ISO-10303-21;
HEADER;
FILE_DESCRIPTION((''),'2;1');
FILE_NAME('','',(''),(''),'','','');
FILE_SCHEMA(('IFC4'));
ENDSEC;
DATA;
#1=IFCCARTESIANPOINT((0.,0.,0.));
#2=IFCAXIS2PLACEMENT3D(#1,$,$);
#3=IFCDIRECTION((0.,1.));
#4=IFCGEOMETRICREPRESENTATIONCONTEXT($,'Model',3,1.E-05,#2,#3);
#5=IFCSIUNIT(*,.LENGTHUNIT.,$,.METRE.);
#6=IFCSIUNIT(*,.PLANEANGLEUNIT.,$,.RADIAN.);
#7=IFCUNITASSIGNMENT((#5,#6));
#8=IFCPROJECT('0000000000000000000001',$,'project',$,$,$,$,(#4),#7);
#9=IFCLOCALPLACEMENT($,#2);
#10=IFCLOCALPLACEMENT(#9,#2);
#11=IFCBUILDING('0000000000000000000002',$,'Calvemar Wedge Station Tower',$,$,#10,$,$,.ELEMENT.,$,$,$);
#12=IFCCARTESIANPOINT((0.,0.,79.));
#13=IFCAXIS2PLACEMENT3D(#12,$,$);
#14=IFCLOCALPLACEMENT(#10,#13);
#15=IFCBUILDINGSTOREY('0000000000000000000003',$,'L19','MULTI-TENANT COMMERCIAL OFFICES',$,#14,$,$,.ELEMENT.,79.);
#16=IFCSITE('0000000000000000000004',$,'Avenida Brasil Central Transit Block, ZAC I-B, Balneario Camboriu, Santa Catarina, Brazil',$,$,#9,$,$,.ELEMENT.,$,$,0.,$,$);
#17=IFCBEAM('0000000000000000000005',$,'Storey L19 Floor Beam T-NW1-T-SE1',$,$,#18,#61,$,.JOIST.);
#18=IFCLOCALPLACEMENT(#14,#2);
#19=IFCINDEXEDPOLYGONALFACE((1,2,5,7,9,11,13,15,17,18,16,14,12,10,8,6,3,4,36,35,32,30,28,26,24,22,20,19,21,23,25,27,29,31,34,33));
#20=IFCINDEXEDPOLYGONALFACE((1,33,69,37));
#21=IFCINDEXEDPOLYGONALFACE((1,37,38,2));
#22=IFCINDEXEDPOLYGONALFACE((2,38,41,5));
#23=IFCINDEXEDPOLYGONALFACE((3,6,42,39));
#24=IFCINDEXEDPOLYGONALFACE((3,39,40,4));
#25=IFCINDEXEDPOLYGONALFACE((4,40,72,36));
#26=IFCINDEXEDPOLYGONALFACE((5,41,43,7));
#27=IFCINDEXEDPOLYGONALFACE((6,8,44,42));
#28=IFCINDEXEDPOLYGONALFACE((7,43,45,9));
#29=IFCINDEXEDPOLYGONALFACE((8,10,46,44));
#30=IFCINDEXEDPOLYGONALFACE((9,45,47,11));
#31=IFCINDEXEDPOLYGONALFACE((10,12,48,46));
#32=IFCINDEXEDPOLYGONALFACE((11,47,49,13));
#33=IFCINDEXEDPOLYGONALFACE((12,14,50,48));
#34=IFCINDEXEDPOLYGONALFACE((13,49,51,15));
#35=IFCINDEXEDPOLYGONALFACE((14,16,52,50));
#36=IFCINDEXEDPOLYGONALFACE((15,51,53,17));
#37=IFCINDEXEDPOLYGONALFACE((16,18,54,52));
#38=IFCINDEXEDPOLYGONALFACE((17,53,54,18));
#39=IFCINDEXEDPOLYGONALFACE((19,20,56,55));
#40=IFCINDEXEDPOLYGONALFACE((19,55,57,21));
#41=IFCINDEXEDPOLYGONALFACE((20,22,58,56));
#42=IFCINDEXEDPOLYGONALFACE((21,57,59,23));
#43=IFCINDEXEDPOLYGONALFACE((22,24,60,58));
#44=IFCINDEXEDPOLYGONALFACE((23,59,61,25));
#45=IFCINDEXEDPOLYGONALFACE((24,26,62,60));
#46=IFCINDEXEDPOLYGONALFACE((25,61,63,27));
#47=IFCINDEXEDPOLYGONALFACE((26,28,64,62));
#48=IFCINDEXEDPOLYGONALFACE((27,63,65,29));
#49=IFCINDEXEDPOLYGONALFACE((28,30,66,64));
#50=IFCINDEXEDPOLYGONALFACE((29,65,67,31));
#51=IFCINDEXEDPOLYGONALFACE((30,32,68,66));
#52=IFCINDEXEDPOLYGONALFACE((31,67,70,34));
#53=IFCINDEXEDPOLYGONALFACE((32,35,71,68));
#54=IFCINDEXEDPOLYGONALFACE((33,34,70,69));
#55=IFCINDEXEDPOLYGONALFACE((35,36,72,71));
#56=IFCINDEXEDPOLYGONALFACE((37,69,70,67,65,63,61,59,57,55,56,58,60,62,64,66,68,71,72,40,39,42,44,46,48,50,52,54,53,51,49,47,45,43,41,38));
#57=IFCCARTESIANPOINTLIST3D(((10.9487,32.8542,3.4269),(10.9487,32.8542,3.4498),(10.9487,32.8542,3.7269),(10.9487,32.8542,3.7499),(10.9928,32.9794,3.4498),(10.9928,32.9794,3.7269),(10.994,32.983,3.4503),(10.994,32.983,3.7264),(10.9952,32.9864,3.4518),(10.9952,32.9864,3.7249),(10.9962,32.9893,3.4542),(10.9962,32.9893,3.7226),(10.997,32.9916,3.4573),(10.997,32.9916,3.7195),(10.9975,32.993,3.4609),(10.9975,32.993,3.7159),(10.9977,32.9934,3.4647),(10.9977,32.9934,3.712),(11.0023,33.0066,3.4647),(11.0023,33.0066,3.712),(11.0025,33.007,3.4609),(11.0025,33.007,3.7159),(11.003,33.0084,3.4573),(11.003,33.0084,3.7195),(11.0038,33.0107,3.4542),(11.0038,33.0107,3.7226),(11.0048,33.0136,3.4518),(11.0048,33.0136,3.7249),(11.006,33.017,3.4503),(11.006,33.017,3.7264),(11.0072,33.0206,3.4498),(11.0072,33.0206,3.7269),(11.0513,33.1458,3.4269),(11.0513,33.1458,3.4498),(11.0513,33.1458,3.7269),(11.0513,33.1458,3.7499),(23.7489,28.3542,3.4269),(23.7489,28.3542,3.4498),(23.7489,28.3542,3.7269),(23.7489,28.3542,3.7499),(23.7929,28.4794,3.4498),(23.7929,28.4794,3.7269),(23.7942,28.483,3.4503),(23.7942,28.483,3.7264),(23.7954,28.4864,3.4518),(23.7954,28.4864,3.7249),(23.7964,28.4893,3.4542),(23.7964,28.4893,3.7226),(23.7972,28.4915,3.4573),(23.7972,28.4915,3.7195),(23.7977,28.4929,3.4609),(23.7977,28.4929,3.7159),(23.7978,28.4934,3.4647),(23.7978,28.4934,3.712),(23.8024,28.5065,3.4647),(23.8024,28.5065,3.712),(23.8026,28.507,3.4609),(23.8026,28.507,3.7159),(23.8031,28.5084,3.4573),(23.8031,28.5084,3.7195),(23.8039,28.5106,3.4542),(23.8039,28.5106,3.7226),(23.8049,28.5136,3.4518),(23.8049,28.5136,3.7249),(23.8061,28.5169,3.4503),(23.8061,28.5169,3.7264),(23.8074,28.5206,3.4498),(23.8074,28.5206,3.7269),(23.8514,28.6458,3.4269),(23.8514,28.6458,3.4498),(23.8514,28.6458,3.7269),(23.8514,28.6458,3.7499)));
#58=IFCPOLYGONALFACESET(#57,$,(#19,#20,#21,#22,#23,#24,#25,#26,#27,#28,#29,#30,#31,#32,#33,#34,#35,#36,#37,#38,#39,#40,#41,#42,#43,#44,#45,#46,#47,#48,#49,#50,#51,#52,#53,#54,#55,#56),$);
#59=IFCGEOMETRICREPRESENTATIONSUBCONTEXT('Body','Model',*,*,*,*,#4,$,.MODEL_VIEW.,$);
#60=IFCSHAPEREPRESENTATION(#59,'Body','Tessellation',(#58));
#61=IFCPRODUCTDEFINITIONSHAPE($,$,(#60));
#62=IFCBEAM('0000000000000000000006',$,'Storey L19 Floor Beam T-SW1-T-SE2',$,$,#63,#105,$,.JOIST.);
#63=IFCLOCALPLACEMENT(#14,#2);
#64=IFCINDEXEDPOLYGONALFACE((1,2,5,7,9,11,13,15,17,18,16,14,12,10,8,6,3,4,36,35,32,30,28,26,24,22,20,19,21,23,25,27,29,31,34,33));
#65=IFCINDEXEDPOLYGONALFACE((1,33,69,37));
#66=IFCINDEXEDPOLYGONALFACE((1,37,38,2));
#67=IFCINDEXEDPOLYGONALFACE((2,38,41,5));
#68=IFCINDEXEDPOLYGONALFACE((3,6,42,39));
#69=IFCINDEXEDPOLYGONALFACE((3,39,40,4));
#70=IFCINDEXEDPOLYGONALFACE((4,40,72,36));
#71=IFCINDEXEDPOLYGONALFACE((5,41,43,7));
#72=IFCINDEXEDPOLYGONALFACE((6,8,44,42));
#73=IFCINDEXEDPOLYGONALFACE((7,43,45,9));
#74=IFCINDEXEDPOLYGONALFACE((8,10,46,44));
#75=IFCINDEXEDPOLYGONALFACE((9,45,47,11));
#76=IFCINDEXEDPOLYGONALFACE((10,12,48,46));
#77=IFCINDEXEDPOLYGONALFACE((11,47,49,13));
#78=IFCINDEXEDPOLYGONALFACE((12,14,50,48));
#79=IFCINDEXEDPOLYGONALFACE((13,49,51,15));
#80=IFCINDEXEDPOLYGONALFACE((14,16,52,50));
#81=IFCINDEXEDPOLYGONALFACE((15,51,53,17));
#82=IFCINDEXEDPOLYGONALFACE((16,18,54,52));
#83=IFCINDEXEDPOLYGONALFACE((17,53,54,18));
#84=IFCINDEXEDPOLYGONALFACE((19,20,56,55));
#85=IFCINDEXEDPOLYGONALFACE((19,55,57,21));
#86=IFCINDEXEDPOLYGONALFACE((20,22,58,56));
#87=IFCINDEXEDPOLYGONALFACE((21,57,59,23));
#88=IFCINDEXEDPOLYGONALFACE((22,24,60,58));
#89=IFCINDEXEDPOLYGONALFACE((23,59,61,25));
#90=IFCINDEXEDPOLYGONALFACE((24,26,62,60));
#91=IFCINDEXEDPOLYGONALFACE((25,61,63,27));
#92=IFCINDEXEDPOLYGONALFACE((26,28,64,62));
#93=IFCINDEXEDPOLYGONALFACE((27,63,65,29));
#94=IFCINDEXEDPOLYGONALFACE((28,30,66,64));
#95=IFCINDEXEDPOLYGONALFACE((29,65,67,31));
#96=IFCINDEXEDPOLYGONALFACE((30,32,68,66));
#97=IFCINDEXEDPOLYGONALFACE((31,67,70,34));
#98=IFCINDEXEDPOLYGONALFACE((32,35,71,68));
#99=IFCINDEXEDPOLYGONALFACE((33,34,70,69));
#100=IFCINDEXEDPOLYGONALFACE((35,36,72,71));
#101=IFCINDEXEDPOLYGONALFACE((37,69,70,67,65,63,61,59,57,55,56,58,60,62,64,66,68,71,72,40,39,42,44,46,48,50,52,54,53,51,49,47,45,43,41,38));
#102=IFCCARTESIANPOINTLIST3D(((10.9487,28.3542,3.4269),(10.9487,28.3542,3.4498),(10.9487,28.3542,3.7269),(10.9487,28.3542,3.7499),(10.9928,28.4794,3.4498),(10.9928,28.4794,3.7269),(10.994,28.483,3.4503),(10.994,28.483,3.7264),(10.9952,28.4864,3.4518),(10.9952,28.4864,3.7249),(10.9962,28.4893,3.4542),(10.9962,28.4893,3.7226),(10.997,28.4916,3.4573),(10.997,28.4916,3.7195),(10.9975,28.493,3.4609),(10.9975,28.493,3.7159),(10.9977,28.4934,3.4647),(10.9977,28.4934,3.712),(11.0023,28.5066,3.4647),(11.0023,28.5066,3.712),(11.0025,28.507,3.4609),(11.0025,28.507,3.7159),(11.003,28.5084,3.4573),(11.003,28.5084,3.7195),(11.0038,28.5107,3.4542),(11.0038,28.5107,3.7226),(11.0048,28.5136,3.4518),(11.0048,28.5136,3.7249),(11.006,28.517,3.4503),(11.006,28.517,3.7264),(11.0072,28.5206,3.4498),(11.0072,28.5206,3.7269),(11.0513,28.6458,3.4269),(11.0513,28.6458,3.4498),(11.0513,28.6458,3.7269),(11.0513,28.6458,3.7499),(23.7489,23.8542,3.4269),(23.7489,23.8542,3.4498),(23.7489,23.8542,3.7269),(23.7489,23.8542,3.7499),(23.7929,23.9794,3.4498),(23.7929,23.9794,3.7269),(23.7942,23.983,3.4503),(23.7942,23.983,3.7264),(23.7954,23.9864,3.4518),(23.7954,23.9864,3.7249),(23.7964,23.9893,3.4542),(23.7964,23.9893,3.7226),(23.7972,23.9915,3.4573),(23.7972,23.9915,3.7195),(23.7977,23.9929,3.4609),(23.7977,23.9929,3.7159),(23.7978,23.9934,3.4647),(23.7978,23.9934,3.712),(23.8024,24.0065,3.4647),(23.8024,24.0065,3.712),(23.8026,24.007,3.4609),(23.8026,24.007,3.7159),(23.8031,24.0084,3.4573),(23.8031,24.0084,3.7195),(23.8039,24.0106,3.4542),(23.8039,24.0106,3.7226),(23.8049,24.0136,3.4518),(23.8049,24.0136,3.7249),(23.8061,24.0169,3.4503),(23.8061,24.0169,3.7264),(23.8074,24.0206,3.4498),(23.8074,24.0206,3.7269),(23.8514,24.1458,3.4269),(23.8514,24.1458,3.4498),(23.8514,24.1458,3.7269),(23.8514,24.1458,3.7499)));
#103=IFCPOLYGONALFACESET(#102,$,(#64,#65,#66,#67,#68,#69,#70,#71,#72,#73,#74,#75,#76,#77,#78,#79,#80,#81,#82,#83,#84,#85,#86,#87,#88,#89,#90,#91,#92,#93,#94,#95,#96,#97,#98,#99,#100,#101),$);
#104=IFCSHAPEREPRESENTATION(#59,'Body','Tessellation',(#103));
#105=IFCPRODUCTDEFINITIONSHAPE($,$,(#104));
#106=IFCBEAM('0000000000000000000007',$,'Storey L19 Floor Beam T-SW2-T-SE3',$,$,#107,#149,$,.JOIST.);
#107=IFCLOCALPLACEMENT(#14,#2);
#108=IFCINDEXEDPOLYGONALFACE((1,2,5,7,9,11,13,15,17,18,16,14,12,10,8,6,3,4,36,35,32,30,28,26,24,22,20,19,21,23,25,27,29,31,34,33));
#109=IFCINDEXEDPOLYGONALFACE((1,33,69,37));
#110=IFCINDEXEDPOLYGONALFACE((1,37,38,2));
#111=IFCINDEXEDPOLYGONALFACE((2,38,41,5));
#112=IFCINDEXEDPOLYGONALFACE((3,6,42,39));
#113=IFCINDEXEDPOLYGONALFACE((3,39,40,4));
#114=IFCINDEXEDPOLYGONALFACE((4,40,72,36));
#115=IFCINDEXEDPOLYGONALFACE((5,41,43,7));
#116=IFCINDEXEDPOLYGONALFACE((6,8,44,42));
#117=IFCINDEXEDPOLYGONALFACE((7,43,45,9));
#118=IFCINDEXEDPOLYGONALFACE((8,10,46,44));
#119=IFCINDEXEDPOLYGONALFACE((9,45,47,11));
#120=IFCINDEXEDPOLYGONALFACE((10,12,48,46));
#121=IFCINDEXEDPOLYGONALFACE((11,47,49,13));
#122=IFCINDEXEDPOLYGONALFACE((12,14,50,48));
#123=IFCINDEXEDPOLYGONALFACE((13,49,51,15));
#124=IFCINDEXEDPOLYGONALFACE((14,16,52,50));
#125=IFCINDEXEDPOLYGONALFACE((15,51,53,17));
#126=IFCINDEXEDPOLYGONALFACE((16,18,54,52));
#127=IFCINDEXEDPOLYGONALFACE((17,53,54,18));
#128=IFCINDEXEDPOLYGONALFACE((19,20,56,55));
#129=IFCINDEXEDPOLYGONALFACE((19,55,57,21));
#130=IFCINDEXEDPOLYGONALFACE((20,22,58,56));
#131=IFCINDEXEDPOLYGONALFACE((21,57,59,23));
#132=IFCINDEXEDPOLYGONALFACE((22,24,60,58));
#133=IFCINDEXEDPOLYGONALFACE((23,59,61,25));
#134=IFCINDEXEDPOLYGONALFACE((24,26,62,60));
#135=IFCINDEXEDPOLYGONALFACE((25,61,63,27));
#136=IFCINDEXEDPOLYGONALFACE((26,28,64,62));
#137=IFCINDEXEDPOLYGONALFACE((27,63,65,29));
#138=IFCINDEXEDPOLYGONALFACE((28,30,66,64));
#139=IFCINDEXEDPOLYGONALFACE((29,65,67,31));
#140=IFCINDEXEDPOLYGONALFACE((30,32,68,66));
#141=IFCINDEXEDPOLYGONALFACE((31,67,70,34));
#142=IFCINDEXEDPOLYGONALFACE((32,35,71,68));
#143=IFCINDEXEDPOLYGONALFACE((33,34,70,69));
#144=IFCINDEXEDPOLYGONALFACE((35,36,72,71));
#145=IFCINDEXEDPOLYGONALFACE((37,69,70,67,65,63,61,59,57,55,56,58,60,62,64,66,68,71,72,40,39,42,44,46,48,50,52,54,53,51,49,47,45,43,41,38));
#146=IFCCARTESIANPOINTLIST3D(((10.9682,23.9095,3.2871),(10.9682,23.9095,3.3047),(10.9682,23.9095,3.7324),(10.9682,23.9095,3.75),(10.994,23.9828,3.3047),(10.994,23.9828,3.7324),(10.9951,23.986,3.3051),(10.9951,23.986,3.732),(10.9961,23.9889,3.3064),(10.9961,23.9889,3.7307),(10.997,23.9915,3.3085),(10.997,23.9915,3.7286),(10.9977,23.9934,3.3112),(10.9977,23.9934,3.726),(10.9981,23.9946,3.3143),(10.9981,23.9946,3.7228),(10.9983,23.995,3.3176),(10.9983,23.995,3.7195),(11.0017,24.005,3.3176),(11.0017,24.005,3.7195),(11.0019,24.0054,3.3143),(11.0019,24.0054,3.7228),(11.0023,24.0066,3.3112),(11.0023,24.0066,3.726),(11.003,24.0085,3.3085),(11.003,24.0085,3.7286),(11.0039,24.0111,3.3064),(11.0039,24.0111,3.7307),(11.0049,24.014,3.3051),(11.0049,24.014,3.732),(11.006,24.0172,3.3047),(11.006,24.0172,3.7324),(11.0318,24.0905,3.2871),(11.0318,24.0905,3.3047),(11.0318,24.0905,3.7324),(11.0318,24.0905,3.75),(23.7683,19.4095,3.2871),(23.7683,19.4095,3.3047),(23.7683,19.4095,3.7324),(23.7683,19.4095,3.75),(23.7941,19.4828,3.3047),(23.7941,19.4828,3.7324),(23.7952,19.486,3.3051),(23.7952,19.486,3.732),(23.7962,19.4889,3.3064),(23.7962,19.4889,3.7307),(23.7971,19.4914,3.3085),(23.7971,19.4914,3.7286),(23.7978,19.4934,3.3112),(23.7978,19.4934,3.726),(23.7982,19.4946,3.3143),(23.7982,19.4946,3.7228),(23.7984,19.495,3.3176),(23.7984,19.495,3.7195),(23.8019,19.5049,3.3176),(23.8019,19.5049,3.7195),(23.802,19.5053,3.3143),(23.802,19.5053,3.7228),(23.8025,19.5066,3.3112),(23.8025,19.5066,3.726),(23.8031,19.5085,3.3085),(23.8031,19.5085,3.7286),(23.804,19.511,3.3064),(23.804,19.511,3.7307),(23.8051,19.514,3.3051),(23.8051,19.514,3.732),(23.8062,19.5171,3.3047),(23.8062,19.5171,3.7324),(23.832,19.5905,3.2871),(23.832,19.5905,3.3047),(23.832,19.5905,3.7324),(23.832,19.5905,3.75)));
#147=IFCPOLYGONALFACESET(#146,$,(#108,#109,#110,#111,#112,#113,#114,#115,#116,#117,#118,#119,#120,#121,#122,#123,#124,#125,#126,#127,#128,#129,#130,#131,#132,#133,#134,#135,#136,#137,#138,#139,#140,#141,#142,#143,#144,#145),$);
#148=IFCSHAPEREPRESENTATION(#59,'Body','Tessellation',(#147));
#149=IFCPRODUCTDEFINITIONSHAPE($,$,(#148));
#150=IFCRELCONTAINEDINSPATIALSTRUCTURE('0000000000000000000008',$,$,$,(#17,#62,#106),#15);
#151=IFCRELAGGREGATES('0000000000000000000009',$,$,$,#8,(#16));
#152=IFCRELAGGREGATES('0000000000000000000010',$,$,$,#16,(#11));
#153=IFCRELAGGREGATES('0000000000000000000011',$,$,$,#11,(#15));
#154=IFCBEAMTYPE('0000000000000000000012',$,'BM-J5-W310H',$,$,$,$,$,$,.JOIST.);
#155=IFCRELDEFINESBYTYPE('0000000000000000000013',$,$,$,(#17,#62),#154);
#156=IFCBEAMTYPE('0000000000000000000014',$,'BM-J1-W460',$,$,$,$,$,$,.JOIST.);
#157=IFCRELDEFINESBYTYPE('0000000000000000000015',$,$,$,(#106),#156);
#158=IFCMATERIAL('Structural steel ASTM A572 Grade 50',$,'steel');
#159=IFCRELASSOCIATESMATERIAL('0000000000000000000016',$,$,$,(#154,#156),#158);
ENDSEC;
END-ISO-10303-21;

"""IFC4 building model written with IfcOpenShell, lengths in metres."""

from ifc_helpers import new_model, si_unit, direction, frame, origin, origin_2d, place, context, subcontext, project, spatial, i_section, extrude, source, transform, mapped, material, material_profile, profile_set, type_object, element, save


model = new_model("IFC4")

# Units and contexts
model_context = context("Model", 3, precision=1e-05, world=origin(), true_north=direction((0.0, 1.0)))
body_context = subcontext(model_context, "Body", "Model", "MODEL_VIEW")
ifc_project = project(units=[si_unit("LENGTHUNIT", "METRE"), si_unit("PLANEANGLEUNIT", "RADIAN")], contexts=[model_context])

# Site, building, storey
site_placement = place(None, origin())
site = spatial("IfcSite", under=ifc_project, at=site_placement, Name="Avenida Brasil Central Transit Block, ZAC I-B, Balneario Camboriu, Santa Catarina, Brazil", CompositionType="ELEMENT", RefElevation=0.0)
building_placement = place(site_placement, origin())
building = spatial("IfcBuilding", under=site, at=building_placement, Name="Calvemar Wedge Station Tower", CompositionType="ELEMENT")
storey_placement = place(building_placement, frame((0.0, 0.0, 79.0)))
storey = spatial("IfcBuildingStorey", under=building, at=storey_placement, Name="L19", Description="MULTI-TENANT COMMERCIAL OFFICES", CompositionType="ELEMENT", Elevation=79.0)

# Beams
ifc_material_1 = material(Name="Structural steel ASTM A572 Grade 50", Category="steel")
ifc_material_profile_1 = material_profile(ifc_material_1, i_section(OverallWidth=0.3091, OverallDepth=0.323, WebThickness=0.0139, FlangeThickness=0.0229, FilletRadius=0.0149, at=origin_2d()), Name="W310x143")
ifc_profile_set_1 = profile_set([ifc_material_profile_1], Name="Structural steel ASTM A572 Grade 50")
beam_type_1 = type_object("IfcBeamType", Name="BM-J5-W310H", PredefinedType="JOIST", material=ifc_profile_set_1)
shared_shape_1 = source(origin(), body_context, "Body", "SweptSolid", [
    extrude(i_section(OverallWidth=0.3091, OverallDepth=0.323, WebThickness=0.0139, FlangeThickness=0.0229, FilletRadius=0.0149, at=origin_2d()), origin(), (0.0, 0.0, 1.0), 13.5681),
])
for number, where, z_axis, x_axis, name in (
    (1, (11.0, 33.0, 3.5884), (0.943398, -0.331662, 0.0), (0.331662, 0.943398, 0.0), "Storey L19 Floor Beam T-NW1-T-SE1"),
    (2, (11.0, 28.5, 3.5884), (0.943398, -0.331662, 0.0), (0.331662, 0.943398, 0.0), "Storey L19 Floor Beam T-SW1-T-SE2"),
):
    element("IfcBeam", number, at=place(storey_placement, frame(where, z_axis=z_axis, x_axis=x_axis)), inside=storey, type_object=beam_type_1, Name=name, PredefinedType="JOIST", context=body_context, shape_type="MappedRepresentation", body=[
        mapped(shared_shape_1, transform((0.0, 0.0, 0.0), scale=1.0)),
    ])
ifc_material_profile_2 = material_profile(ifc_material_1, i_section(OverallWidth=0.1919, OverallDepth=0.4629, WebThickness=0.0105, FlangeThickness=0.0176, FilletRadius=0.0129, at=origin_2d()), Name="W460x89")
ifc_profile_set_2 = profile_set([ifc_material_profile_2], Name="Structural steel ASTM A572 Grade 50")
beam_type_2 = type_object("IfcBeamType", Name="BM-J1-W460", PredefinedType="JOIST", material=ifc_profile_set_2)
shared_shape_2 = source(origin(), body_context, "Body", "SweptSolid", [
    extrude(i_section(OverallWidth=0.1919, OverallDepth=0.4629, WebThickness=0.0105, FlangeThickness=0.0176, FilletRadius=0.0129, at=origin_2d()), origin(), (0.0, 0.0, 1.0), 13.5681),
])
beam_1_placement = place(storey_placement, frame((11.0, 24.0, 3.5186), z_axis=(0.943398, -0.331662, 0.0), x_axis=(0.331662, 0.943398, 0.0)))
element("IfcBeam", 3, at=beam_1_placement, inside=storey, type_object=beam_type_2, Name="Storey L19 Floor Beam T-SW2-T-SE3", PredefinedType="JOIST", context=body_context, shape_type="MappedRepresentation", body=[
    mapped(shared_shape_2, transform((0.0, 0.0, 0.0), scale=1.0)),
])

save(model, "model.ifc")
